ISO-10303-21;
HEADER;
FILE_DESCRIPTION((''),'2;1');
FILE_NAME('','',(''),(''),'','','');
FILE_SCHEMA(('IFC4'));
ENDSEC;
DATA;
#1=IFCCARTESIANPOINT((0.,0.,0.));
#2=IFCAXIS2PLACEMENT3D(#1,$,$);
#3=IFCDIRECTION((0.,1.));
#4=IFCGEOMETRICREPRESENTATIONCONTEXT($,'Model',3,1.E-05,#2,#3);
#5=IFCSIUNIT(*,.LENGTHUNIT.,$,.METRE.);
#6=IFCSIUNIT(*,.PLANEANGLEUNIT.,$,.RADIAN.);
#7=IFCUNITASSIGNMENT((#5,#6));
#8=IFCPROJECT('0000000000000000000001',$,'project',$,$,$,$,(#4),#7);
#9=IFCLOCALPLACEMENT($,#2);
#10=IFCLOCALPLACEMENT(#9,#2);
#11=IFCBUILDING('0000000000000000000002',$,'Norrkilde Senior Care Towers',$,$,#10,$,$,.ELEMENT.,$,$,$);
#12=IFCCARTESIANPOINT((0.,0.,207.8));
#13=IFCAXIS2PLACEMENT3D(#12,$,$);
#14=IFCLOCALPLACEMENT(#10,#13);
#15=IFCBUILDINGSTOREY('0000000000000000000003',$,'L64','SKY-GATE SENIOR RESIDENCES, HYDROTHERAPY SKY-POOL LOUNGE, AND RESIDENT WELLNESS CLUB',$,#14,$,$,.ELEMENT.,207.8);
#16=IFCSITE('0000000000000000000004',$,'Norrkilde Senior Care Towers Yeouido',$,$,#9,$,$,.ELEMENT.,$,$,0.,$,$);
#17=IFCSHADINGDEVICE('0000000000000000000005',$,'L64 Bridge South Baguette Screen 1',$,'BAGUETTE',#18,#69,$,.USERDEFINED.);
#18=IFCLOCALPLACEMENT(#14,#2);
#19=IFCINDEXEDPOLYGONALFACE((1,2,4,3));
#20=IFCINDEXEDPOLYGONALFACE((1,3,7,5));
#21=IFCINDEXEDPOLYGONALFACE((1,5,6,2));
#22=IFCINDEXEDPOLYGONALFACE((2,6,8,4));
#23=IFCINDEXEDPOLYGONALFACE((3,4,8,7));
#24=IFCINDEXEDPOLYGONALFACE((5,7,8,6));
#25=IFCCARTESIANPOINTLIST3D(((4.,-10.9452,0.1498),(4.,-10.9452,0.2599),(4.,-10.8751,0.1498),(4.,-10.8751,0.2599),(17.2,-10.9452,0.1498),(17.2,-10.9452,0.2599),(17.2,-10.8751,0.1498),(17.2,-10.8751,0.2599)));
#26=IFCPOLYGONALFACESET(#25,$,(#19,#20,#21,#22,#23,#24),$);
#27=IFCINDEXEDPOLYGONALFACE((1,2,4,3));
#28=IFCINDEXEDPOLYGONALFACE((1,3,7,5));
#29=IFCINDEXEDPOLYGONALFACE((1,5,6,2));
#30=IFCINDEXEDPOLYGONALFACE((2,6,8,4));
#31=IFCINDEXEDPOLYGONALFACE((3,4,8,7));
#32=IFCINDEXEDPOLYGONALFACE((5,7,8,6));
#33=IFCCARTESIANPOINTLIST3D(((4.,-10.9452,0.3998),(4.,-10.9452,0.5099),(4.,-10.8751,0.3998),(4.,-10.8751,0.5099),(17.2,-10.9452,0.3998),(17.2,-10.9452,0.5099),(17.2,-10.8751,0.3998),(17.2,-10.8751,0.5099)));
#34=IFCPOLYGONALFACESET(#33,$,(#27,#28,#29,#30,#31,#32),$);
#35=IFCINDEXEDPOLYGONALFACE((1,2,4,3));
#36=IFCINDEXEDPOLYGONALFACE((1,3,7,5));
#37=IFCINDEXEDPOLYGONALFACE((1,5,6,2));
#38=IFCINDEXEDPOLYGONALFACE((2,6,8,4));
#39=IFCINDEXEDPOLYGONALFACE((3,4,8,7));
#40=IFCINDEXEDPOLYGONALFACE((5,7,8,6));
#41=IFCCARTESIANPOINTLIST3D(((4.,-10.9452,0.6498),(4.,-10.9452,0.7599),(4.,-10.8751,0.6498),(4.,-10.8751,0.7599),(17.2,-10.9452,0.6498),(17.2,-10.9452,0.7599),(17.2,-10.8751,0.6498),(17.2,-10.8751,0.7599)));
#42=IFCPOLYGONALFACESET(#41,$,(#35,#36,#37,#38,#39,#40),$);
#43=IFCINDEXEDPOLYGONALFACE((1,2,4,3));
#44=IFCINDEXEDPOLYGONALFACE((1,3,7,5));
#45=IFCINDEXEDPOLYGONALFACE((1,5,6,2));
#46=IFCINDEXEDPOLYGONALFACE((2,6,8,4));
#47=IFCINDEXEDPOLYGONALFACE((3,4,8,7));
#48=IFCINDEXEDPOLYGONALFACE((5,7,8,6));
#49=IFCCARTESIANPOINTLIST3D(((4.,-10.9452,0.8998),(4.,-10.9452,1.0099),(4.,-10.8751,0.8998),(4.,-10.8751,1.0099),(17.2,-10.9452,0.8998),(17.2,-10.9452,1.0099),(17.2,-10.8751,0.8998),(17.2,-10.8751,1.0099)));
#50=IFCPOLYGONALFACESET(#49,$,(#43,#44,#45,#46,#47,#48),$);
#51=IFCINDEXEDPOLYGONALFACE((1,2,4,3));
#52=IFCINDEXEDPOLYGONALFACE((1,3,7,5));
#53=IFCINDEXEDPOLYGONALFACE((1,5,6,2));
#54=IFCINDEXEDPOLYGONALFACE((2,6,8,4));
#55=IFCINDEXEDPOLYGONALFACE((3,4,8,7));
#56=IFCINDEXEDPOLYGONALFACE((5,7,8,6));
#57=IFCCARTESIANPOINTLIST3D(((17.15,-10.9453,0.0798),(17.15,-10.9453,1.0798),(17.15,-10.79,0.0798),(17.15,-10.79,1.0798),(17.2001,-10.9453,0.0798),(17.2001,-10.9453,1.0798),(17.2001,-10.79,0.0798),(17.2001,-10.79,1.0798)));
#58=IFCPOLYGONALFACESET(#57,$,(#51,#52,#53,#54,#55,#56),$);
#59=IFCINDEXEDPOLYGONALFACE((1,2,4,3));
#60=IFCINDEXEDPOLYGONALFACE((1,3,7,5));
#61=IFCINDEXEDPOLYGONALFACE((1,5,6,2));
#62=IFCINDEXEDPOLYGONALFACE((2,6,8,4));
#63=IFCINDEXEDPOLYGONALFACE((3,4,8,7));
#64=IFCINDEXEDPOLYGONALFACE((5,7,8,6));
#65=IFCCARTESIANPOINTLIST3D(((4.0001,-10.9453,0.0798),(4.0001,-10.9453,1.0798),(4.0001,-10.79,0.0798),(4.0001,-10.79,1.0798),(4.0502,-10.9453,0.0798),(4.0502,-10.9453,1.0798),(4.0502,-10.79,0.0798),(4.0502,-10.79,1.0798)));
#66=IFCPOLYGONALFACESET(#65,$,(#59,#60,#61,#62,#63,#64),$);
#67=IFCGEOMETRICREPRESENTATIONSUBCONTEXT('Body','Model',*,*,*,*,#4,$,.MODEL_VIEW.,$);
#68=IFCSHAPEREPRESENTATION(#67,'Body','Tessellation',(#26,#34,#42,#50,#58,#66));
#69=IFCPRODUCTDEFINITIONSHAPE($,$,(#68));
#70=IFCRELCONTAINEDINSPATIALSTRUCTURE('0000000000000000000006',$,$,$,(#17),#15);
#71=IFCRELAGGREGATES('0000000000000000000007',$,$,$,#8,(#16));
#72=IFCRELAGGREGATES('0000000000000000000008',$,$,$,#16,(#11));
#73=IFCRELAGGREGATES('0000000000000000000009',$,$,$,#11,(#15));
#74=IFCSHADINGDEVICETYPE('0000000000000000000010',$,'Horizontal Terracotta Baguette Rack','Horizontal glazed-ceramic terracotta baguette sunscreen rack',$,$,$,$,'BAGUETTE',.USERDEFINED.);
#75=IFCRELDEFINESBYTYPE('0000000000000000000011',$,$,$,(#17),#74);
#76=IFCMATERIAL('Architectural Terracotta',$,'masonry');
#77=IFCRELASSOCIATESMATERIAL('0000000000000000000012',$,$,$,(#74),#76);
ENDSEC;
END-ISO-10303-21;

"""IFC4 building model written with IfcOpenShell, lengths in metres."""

from ifc_helpers import new_model, si_unit, direction, frame, origin, origin_2d, place, context, subcontext, project, spatial, rectangle, extrude, source, transform, mapped, material, type_object, type_shapes, element, save


model = new_model("IFC4")

# Units and contexts
model_context = context("Model", 3, precision=1e-05, world=origin(), true_north=direction((0.0, 1.0)))
body_context = subcontext(model_context, "Body", "Model", "MODEL_VIEW")
ifc_project = project(units=[si_unit("LENGTHUNIT", "METRE"), si_unit("PLANEANGLEUNIT", "RADIAN")], contexts=[model_context])

# Site, building, storey
site_placement = place(None, origin())
site = spatial("IfcSite", under=ifc_project, at=site_placement, Name="Norrkilde Senior Care Towers Yeouido", CompositionType="ELEMENT", RefElevation=0.0)
building_placement = place(site_placement, origin())
building = spatial("IfcBuilding", under=site, at=building_placement, Name="Norrkilde Senior Care Towers", CompositionType="ELEMENT")
storey_placement = place(building_placement, frame((0.0, 0.0, 207.8)))
storey = spatial("IfcBuildingStorey", under=building, at=storey_placement, Name="L64", Description="SKY-GATE SENIOR RESIDENCES, HYDROTHERAPY SKY-POOL LOUNGE, AND RESIDENT WELLNESS CLUB", CompositionType="ELEMENT", Elevation=207.8)

# Shading device
ifc_material_1 = material(Name="Architectural Terracotta", Category="masonry")
shading_device_type = type_object("IfcShadingDeviceType", Name="Horizontal Terracotta Baguette Rack", Description="Horizontal glazed-ceramic terracotta baguette sunscreen rack", ElementType="BAGUETTE", PredefinedType="USERDEFINED", material=ifc_material_1)
shared_shape_1 = source(origin(), body_context, "Body", "SweptSolid", [
    extrude(rectangle(XDim=0.0701, YDim=0.1101, at=origin_2d()), frame((0.0, 0.0901, 0.125), z_axis=(1.0, 0.0, 0.0), x_axis=(0.0, 1.0, 0.0)), (0.0, 0.0, 1.0), 13.2),
    extrude(rectangle(XDim=0.0701, YDim=0.1101, at=origin_2d()), frame((0.0, 0.0901, 0.375), z_axis=(1.0, 0.0, 0.0), x_axis=(0.0, 1.0, 0.0)), (0.0, 0.0, 1.0), 13.2),
    extrude(rectangle(XDim=0.0701, YDim=0.1101, at=origin_2d()), frame((0.0, 0.0901, 0.625), z_axis=(1.0, 0.0, 0.0), x_axis=(0.0, 1.0, 0.0)), (0.0, 0.0, 1.0), 13.2),
    extrude(rectangle(XDim=0.0701, YDim=0.1101, at=origin_2d()), frame((0.0, 0.0901, 0.875), z_axis=(1.0, 0.0, 0.0), x_axis=(0.0, 1.0, 0.0)), (0.0, 0.0, 1.0), 13.2),
    extrude(rectangle(XDim=0.05, YDim=0.1553, at=origin_2d()), frame((0.0249, 0.0476, 0.0)), (0.0, 0.0, 1.0), 1.0),
    extrude(rectangle(XDim=0.05, YDim=0.1553, at=origin_2d()), frame((13.1748, 0.0476, 0.0)), (0.0, 0.0, 1.0), 1.0),
])
type_shapes(shading_device_type, [shared_shape_1])
shading_device_placement = place(storey_placement, frame((17.2, -10.8201, 0.0798), z_axis=(0.0, 0.0, 1.0), x_axis=(-1.0, 0.0, 0.0)))
element("IfcShadingDevice", 1, at=shading_device_placement, inside=storey, type_object=shading_device_type, Name="L64 Bridge South Baguette Screen 1", ObjectType="BAGUETTE", PredefinedType="USERDEFINED", context=body_context, shape_type="MappedRepresentation", body=[
    mapped(shared_shape_1, transform((0.0, 0.0, 0.0), x_axis=(1.0, 0.0, 0.0), y_axis=(0.0, 1.0, 0.0), z_axis=(0.0, 0.0, 1.0), scale=1.0)),
])

save(model, "model.ifc")
